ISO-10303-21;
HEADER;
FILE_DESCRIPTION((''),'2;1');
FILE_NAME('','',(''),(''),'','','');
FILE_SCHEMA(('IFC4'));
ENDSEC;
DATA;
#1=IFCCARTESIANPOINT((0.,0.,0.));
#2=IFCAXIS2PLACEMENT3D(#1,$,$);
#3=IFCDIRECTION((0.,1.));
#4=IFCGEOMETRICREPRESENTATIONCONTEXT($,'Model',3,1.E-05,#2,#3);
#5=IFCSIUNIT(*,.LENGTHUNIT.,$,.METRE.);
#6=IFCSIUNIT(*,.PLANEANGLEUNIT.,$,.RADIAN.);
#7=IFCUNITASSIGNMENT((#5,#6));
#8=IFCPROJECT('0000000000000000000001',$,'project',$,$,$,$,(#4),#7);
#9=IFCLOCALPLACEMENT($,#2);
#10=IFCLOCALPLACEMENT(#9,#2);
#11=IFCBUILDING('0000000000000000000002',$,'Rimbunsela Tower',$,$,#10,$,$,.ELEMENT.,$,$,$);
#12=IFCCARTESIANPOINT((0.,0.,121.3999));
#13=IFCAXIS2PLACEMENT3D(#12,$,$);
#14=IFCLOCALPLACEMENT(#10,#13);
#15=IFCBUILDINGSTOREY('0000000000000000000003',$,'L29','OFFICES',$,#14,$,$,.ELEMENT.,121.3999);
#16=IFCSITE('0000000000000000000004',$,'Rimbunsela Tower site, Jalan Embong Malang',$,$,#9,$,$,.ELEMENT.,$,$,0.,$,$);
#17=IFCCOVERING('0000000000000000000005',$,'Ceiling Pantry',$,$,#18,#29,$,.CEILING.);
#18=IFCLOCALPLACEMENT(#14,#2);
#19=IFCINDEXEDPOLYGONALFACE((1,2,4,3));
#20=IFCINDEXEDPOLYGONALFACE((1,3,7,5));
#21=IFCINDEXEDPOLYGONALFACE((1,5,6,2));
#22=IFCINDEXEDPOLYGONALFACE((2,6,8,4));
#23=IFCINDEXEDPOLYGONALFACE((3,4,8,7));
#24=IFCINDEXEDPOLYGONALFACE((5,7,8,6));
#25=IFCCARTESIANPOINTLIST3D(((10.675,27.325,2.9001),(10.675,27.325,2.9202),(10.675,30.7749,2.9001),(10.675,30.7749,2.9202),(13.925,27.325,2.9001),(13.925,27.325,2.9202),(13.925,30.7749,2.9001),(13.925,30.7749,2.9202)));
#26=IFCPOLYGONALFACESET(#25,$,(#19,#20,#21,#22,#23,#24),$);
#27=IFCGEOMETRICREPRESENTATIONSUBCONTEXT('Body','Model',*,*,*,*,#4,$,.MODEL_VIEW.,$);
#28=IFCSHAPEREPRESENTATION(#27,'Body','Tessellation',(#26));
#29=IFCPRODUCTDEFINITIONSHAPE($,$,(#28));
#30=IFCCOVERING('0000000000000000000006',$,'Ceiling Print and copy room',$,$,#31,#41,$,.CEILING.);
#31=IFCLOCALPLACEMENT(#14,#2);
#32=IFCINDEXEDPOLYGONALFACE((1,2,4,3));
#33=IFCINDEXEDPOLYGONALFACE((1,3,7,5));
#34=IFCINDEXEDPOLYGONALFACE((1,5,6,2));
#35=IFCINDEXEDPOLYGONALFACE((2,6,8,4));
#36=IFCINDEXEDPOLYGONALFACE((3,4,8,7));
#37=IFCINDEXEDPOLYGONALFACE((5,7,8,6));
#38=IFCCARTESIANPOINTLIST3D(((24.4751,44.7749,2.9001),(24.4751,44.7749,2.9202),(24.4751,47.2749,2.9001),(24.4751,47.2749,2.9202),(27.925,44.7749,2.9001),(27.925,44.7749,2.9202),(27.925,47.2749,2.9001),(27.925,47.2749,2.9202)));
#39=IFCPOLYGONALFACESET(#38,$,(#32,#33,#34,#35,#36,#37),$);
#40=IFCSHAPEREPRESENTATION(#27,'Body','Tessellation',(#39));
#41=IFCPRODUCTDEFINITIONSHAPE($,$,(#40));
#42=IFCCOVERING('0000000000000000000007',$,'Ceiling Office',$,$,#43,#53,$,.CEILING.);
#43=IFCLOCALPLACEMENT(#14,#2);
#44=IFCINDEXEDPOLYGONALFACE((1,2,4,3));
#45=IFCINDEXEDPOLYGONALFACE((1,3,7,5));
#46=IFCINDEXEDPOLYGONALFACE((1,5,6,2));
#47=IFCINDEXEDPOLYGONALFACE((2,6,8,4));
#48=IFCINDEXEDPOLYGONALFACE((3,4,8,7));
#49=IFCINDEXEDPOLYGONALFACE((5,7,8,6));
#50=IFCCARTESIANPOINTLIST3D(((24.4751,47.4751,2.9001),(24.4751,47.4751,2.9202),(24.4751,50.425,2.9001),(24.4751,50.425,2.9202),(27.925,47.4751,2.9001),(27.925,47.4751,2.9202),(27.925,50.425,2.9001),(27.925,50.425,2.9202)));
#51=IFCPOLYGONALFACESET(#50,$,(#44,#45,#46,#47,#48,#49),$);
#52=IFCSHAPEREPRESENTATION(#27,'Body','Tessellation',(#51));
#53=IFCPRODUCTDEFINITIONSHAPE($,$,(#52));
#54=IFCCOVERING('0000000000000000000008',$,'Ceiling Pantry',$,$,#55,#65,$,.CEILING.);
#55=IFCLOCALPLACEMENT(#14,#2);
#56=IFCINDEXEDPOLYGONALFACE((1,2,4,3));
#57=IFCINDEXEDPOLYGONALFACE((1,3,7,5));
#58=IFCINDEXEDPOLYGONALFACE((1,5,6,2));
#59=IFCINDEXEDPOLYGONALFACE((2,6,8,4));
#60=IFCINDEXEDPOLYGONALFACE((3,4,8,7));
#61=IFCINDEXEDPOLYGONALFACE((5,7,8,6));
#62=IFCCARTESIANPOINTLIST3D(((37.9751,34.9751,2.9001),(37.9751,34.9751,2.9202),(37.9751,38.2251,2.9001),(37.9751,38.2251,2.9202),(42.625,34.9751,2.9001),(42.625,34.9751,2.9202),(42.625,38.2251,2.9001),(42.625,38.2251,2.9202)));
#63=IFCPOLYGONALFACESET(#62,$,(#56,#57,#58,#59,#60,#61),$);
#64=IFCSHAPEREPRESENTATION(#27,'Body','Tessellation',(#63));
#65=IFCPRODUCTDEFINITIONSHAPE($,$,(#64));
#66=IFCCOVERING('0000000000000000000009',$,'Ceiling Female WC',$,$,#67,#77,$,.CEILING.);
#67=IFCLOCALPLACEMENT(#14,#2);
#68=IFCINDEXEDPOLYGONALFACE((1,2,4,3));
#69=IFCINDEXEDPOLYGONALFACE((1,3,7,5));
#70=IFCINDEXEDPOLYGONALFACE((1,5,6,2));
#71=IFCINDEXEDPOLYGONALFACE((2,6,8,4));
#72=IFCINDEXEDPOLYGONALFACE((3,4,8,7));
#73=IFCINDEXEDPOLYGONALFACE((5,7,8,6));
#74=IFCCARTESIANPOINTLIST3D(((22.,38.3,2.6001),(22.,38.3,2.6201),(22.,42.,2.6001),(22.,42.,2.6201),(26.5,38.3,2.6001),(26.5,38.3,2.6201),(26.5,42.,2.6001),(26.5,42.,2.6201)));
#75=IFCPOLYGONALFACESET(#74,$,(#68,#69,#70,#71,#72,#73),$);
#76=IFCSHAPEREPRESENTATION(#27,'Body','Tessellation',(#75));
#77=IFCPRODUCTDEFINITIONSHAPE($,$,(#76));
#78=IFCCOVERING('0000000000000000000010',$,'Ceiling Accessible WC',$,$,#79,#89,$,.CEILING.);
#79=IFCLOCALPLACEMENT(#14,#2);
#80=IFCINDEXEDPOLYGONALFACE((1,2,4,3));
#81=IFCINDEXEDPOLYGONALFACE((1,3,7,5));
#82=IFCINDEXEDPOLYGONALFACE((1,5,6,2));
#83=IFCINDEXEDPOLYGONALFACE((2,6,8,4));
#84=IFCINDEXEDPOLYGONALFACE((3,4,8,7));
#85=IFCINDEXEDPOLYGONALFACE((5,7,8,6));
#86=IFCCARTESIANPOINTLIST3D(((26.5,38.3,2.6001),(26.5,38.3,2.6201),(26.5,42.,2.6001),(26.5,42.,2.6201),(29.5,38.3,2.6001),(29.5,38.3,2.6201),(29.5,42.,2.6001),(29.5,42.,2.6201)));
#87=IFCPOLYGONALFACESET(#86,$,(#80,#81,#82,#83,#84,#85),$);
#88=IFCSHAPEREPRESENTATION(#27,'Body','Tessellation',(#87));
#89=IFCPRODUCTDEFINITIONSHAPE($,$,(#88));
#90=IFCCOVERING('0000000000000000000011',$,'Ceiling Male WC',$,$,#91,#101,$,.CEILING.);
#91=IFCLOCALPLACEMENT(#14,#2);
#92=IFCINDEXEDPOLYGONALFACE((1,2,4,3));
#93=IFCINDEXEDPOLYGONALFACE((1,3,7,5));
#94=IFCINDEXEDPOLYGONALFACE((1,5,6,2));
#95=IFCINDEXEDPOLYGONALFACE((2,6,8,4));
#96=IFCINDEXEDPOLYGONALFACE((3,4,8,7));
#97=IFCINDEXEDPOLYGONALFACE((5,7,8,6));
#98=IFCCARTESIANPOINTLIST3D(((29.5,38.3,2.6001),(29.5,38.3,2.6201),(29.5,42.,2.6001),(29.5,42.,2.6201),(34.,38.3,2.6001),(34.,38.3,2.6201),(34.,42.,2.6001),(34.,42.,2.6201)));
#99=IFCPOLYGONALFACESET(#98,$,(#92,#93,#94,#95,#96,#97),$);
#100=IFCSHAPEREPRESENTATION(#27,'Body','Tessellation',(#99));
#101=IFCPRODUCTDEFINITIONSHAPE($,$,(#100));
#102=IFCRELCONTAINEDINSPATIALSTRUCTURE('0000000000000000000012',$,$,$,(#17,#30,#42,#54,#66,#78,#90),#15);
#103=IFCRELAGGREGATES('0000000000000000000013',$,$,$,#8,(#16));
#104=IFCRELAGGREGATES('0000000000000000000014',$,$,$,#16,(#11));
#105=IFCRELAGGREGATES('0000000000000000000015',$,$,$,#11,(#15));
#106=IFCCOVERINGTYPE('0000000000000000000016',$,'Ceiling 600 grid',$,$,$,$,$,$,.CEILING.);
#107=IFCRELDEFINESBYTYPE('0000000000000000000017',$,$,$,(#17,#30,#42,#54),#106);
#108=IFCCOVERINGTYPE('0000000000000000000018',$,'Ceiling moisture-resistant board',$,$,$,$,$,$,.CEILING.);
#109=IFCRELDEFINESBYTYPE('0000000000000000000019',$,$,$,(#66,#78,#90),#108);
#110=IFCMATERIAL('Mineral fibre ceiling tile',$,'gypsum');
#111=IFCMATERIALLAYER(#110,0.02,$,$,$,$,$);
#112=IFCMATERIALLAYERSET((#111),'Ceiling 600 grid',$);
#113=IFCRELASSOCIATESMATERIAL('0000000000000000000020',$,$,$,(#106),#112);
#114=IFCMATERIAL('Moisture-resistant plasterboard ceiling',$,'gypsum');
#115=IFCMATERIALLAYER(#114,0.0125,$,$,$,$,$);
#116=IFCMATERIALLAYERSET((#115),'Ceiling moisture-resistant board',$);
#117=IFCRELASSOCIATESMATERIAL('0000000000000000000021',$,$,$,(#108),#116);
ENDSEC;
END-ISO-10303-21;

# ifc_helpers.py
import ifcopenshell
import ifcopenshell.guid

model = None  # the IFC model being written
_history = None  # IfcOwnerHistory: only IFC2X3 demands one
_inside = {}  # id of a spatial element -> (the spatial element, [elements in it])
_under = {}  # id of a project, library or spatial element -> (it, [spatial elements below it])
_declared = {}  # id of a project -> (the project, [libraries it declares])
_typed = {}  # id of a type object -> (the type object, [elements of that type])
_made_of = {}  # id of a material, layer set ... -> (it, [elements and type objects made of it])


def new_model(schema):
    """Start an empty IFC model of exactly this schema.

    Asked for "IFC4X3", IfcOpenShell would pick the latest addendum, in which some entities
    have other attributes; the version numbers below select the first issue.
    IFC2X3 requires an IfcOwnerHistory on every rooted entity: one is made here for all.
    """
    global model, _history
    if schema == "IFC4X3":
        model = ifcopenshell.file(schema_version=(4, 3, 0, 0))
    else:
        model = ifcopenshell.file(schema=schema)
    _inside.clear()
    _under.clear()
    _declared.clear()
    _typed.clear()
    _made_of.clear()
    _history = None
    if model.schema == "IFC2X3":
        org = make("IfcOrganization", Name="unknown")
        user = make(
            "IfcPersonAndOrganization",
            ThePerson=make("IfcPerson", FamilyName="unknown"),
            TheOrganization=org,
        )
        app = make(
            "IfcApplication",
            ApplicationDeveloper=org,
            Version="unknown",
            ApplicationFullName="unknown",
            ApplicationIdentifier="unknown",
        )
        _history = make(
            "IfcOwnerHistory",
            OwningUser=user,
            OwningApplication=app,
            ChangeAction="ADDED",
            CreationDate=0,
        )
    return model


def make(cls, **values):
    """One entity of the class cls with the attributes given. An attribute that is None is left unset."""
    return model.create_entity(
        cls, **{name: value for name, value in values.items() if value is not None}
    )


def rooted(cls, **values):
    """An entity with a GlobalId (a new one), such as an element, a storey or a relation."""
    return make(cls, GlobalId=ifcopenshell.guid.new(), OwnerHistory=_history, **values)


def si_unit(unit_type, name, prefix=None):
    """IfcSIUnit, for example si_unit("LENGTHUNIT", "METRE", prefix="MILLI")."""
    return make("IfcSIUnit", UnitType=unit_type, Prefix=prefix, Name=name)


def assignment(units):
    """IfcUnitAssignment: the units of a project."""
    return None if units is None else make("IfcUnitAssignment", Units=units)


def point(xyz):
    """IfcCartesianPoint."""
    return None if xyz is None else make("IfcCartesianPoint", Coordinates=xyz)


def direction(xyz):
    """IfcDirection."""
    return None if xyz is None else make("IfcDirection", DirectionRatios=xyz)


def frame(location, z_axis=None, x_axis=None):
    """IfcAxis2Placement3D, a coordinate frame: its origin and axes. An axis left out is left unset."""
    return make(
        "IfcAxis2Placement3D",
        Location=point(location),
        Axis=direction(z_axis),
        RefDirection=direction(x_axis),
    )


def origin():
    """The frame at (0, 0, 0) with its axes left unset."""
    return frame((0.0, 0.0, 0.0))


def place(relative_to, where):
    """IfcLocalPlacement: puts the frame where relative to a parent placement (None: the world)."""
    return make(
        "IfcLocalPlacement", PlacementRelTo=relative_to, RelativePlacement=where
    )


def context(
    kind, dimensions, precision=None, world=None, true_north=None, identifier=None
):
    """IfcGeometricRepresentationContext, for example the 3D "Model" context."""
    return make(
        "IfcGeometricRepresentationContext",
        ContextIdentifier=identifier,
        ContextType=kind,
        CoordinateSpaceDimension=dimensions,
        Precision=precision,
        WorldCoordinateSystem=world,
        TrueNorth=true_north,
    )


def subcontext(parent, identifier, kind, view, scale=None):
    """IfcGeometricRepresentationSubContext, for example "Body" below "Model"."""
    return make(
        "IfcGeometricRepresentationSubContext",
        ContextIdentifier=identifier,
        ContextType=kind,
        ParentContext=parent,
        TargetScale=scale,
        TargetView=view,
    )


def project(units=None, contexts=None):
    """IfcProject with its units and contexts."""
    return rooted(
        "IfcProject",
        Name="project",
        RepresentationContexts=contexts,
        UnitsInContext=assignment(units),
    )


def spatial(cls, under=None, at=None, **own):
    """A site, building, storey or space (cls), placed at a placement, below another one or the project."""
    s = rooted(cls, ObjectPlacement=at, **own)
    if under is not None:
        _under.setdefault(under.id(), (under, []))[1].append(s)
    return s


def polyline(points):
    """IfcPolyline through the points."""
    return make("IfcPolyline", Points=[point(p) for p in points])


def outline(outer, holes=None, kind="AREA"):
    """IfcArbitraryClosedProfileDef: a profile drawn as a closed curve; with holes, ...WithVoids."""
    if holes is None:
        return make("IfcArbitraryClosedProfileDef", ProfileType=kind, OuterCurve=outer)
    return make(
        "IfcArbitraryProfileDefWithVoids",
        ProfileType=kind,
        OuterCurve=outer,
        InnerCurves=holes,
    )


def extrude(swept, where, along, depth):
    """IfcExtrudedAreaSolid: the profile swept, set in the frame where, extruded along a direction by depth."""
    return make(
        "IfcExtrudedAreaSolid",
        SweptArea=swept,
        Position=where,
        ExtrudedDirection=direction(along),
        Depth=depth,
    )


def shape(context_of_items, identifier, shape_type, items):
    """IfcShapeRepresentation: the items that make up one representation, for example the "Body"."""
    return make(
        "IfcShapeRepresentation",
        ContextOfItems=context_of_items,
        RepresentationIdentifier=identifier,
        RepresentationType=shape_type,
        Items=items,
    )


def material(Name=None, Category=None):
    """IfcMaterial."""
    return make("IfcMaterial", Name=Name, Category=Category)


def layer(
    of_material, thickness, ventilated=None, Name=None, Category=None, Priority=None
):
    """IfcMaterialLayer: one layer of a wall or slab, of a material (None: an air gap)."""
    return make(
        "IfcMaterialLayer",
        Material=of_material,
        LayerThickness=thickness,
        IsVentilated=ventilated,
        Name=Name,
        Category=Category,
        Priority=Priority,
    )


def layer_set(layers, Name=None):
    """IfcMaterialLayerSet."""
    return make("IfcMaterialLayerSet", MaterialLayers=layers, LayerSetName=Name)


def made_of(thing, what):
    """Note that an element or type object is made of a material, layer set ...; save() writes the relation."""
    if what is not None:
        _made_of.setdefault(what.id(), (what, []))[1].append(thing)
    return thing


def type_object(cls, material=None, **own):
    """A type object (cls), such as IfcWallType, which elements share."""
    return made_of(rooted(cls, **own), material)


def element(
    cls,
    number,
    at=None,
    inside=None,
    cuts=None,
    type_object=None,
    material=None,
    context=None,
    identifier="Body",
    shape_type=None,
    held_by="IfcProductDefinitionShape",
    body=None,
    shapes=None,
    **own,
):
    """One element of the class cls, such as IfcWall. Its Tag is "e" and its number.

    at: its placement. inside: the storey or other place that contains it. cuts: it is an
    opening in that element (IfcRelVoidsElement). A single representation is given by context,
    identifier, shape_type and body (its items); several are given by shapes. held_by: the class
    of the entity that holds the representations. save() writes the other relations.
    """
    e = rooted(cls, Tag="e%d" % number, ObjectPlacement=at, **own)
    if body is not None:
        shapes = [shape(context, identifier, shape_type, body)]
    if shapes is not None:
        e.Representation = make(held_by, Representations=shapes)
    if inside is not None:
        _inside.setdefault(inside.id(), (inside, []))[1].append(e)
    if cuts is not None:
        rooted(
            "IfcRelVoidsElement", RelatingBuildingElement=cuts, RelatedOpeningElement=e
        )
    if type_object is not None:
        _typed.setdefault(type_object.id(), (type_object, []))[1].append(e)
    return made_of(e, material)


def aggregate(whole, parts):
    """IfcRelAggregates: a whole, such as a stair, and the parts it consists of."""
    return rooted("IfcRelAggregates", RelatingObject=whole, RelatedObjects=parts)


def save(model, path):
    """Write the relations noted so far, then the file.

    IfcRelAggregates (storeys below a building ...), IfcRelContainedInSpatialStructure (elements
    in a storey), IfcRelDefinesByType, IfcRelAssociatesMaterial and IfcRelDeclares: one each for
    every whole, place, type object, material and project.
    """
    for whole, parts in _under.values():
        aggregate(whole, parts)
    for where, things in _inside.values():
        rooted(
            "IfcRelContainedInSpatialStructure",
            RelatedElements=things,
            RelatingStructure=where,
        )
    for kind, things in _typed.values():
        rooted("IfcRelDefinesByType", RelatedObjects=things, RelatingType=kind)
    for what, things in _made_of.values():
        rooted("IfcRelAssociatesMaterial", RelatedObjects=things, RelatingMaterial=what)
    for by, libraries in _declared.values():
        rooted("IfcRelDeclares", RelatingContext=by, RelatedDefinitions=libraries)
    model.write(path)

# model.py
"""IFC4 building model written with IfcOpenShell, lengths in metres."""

from ifc_helpers import new_model, si_unit, direction, frame, origin, place, context, subcontext, project, spatial, polyline, outline, extrude, material, layer, layer_set, type_object, element, save


model = new_model("IFC4")

# Units and contexts
model_context = context("Model", 3, precision=1e-05, world=origin(), true_north=direction((0.0, 1.0)))
body_context = subcontext(model_context, "Body", "Model", "MODEL_VIEW")
ifc_project = project(units=[si_unit("LENGTHUNIT", "METRE"), si_unit("PLANEANGLEUNIT", "RADIAN")], contexts=[model_context])

# Site, building, storey
site_placement = place(None, origin())
site = spatial("IfcSite", under=ifc_project, at=site_placement, Name="Rimbunsela Tower site, Jalan Embong Malang", CompositionType="ELEMENT", RefElevation=0.0)
building_placement = place(site_placement, origin())
building = spatial("IfcBuilding", under=site, at=building_placement, Name="Rimbunsela Tower", CompositionType="ELEMENT")
storey_placement = place(building_placement, frame((0.0, 0.0, 121.3999)))
storey = spatial("IfcBuildingStorey", under=building, at=storey_placement, Name="L29", Description="OFFICES", CompositionType="ELEMENT", Elevation=121.3999)

# Coverings
ifc_material_1 = material(Name="Mineral fibre ceiling tile", Category="gypsum")
ifc_layer_1 = layer(ifc_material_1, 0.02)
ifc_layer_set_1 = layer_set([ifc_layer_1], Name="Ceiling 600 grid")
covering_type_1 = type_object("IfcCoveringType", Name="Ceiling 600 grid", PredefinedType="CEILING", material=ifc_layer_set_1)
covering_1_placement = place(storey_placement, frame((0.0, 0.0, 2.9001)))
element("IfcCovering", 1, at=covering_1_placement, inside=storey, type_object=covering_type_1, Name="Ceiling Pantry", PredefinedType="CEILING", context=body_context, shape_type="SweptSolid", body=[
    extrude(outline(polyline([(13.925, 27.325), (13.925, 30.7749), (10.675, 30.7749), (10.675, 27.325), (13.925, 27.325)])), origin(), (0.0, 0.0, 1.0), 0.02),
])
covering_2_placement = place(storey_placement, frame((0.0, 0.0, 2.9001)))
element("IfcCovering", 2, at=covering_2_placement, inside=storey, type_object=covering_type_1, Name="Ceiling Print and copy room", PredefinedType="CEILING", context=body_context, shape_type="SweptSolid", body=[
    extrude(outline(polyline([(27.925, 44.7749), (27.925, 47.2749), (24.4751, 47.2749), (24.4751, 44.7749), (27.925, 44.7749)])), origin(), (0.0, 0.0, 1.0), 0.02),
])
covering_3_placement = place(storey_placement, frame((0.0, 0.0, 2.9001)))
element("IfcCovering", 3, at=covering_3_placement, inside=storey, type_object=covering_type_1, Name="Ceiling Office", PredefinedType="CEILING", context=body_context, shape_type="SweptSolid", body=[
    extrude(outline(polyline([(27.925, 47.4751), (27.925, 50.425), (24.4751, 50.425), (24.4751, 47.4751), (27.925, 47.4751)])), origin(), (0.0, 0.0, 1.0), 0.02),
])
covering_4_placement = place(storey_placement, frame((0.0, 0.0, 2.9001)))
element("IfcCovering", 4, at=covering_4_placement, inside=storey, type_object=covering_type_1, Name="Ceiling Pantry", PredefinedType="CEILING", context=body_context, shape_type="SweptSolid", body=[
    extrude(outline(polyline([(42.625, 34.9751), (42.625, 38.2251), (37.9751, 38.2251), (37.9751, 34.9751), (42.625, 34.9751)])), origin(), (0.0, 0.0, 1.0), 0.02),
])
ifc_material_2 = material(Name="Moisture-resistant plasterboard ceiling", Category="gypsum")
ifc_layer_2 = layer(ifc_material_2, 0.0125)
ifc_layer_set_2 = layer_set([ifc_layer_2], Name="Ceiling moisture-resistant board")
covering_type_2 = type_object("IfcCoveringType", Name="Ceiling moisture-resistant board", PredefinedType="CEILING", material=ifc_layer_set_2)
covering_5_placement = place(storey_placement, frame((0.0, 0.0, 2.6001)))
element("IfcCovering", 5, at=covering_5_placement, inside=storey, type_object=covering_type_2, Name="Ceiling Female WC", PredefinedType="CEILING", context=body_context, shape_type="SweptSolid", body=[
    extrude(outline(polyline([(26.5, 38.3), (26.5, 42.0), (22.0, 42.0), (22.0, 38.3), (26.5, 38.3)])), origin(), (0.0, 0.0, 1.0), 0.02),
])
covering_6_placement = place(storey_placement, frame((0.0, 0.0, 2.6001)))
element("IfcCovering", 6, at=covering_6_placement, inside=storey, type_object=covering_type_2, Name="Ceiling Accessible WC", PredefinedType="CEILING", context=body_context, shape_type="SweptSolid", body=[
    extrude(outline(polyline([(29.5, 38.3), (29.5, 42.0), (26.5, 42.0), (26.5, 38.3), (29.5, 38.3)])), origin(), (0.0, 0.0, 1.0), 0.02),
])
covering_7_placement = place(storey_placement, frame((0.0, 0.0, 2.6001)))
element("IfcCovering", 7, at=covering_7_placement, inside=storey, type_object=covering_type_2, Name="Ceiling Male WC", PredefinedType="CEILING", context=body_context, shape_type="SweptSolid", body=[
    extrude(outline(polyline([(34.0, 38.3), (34.0, 42.0), (29.5, 42.0), (29.5, 38.3), (34.0, 38.3)])), origin(), (0.0, 0.0, 1.0), 0.02),
])

save(model, "model.ifc")
